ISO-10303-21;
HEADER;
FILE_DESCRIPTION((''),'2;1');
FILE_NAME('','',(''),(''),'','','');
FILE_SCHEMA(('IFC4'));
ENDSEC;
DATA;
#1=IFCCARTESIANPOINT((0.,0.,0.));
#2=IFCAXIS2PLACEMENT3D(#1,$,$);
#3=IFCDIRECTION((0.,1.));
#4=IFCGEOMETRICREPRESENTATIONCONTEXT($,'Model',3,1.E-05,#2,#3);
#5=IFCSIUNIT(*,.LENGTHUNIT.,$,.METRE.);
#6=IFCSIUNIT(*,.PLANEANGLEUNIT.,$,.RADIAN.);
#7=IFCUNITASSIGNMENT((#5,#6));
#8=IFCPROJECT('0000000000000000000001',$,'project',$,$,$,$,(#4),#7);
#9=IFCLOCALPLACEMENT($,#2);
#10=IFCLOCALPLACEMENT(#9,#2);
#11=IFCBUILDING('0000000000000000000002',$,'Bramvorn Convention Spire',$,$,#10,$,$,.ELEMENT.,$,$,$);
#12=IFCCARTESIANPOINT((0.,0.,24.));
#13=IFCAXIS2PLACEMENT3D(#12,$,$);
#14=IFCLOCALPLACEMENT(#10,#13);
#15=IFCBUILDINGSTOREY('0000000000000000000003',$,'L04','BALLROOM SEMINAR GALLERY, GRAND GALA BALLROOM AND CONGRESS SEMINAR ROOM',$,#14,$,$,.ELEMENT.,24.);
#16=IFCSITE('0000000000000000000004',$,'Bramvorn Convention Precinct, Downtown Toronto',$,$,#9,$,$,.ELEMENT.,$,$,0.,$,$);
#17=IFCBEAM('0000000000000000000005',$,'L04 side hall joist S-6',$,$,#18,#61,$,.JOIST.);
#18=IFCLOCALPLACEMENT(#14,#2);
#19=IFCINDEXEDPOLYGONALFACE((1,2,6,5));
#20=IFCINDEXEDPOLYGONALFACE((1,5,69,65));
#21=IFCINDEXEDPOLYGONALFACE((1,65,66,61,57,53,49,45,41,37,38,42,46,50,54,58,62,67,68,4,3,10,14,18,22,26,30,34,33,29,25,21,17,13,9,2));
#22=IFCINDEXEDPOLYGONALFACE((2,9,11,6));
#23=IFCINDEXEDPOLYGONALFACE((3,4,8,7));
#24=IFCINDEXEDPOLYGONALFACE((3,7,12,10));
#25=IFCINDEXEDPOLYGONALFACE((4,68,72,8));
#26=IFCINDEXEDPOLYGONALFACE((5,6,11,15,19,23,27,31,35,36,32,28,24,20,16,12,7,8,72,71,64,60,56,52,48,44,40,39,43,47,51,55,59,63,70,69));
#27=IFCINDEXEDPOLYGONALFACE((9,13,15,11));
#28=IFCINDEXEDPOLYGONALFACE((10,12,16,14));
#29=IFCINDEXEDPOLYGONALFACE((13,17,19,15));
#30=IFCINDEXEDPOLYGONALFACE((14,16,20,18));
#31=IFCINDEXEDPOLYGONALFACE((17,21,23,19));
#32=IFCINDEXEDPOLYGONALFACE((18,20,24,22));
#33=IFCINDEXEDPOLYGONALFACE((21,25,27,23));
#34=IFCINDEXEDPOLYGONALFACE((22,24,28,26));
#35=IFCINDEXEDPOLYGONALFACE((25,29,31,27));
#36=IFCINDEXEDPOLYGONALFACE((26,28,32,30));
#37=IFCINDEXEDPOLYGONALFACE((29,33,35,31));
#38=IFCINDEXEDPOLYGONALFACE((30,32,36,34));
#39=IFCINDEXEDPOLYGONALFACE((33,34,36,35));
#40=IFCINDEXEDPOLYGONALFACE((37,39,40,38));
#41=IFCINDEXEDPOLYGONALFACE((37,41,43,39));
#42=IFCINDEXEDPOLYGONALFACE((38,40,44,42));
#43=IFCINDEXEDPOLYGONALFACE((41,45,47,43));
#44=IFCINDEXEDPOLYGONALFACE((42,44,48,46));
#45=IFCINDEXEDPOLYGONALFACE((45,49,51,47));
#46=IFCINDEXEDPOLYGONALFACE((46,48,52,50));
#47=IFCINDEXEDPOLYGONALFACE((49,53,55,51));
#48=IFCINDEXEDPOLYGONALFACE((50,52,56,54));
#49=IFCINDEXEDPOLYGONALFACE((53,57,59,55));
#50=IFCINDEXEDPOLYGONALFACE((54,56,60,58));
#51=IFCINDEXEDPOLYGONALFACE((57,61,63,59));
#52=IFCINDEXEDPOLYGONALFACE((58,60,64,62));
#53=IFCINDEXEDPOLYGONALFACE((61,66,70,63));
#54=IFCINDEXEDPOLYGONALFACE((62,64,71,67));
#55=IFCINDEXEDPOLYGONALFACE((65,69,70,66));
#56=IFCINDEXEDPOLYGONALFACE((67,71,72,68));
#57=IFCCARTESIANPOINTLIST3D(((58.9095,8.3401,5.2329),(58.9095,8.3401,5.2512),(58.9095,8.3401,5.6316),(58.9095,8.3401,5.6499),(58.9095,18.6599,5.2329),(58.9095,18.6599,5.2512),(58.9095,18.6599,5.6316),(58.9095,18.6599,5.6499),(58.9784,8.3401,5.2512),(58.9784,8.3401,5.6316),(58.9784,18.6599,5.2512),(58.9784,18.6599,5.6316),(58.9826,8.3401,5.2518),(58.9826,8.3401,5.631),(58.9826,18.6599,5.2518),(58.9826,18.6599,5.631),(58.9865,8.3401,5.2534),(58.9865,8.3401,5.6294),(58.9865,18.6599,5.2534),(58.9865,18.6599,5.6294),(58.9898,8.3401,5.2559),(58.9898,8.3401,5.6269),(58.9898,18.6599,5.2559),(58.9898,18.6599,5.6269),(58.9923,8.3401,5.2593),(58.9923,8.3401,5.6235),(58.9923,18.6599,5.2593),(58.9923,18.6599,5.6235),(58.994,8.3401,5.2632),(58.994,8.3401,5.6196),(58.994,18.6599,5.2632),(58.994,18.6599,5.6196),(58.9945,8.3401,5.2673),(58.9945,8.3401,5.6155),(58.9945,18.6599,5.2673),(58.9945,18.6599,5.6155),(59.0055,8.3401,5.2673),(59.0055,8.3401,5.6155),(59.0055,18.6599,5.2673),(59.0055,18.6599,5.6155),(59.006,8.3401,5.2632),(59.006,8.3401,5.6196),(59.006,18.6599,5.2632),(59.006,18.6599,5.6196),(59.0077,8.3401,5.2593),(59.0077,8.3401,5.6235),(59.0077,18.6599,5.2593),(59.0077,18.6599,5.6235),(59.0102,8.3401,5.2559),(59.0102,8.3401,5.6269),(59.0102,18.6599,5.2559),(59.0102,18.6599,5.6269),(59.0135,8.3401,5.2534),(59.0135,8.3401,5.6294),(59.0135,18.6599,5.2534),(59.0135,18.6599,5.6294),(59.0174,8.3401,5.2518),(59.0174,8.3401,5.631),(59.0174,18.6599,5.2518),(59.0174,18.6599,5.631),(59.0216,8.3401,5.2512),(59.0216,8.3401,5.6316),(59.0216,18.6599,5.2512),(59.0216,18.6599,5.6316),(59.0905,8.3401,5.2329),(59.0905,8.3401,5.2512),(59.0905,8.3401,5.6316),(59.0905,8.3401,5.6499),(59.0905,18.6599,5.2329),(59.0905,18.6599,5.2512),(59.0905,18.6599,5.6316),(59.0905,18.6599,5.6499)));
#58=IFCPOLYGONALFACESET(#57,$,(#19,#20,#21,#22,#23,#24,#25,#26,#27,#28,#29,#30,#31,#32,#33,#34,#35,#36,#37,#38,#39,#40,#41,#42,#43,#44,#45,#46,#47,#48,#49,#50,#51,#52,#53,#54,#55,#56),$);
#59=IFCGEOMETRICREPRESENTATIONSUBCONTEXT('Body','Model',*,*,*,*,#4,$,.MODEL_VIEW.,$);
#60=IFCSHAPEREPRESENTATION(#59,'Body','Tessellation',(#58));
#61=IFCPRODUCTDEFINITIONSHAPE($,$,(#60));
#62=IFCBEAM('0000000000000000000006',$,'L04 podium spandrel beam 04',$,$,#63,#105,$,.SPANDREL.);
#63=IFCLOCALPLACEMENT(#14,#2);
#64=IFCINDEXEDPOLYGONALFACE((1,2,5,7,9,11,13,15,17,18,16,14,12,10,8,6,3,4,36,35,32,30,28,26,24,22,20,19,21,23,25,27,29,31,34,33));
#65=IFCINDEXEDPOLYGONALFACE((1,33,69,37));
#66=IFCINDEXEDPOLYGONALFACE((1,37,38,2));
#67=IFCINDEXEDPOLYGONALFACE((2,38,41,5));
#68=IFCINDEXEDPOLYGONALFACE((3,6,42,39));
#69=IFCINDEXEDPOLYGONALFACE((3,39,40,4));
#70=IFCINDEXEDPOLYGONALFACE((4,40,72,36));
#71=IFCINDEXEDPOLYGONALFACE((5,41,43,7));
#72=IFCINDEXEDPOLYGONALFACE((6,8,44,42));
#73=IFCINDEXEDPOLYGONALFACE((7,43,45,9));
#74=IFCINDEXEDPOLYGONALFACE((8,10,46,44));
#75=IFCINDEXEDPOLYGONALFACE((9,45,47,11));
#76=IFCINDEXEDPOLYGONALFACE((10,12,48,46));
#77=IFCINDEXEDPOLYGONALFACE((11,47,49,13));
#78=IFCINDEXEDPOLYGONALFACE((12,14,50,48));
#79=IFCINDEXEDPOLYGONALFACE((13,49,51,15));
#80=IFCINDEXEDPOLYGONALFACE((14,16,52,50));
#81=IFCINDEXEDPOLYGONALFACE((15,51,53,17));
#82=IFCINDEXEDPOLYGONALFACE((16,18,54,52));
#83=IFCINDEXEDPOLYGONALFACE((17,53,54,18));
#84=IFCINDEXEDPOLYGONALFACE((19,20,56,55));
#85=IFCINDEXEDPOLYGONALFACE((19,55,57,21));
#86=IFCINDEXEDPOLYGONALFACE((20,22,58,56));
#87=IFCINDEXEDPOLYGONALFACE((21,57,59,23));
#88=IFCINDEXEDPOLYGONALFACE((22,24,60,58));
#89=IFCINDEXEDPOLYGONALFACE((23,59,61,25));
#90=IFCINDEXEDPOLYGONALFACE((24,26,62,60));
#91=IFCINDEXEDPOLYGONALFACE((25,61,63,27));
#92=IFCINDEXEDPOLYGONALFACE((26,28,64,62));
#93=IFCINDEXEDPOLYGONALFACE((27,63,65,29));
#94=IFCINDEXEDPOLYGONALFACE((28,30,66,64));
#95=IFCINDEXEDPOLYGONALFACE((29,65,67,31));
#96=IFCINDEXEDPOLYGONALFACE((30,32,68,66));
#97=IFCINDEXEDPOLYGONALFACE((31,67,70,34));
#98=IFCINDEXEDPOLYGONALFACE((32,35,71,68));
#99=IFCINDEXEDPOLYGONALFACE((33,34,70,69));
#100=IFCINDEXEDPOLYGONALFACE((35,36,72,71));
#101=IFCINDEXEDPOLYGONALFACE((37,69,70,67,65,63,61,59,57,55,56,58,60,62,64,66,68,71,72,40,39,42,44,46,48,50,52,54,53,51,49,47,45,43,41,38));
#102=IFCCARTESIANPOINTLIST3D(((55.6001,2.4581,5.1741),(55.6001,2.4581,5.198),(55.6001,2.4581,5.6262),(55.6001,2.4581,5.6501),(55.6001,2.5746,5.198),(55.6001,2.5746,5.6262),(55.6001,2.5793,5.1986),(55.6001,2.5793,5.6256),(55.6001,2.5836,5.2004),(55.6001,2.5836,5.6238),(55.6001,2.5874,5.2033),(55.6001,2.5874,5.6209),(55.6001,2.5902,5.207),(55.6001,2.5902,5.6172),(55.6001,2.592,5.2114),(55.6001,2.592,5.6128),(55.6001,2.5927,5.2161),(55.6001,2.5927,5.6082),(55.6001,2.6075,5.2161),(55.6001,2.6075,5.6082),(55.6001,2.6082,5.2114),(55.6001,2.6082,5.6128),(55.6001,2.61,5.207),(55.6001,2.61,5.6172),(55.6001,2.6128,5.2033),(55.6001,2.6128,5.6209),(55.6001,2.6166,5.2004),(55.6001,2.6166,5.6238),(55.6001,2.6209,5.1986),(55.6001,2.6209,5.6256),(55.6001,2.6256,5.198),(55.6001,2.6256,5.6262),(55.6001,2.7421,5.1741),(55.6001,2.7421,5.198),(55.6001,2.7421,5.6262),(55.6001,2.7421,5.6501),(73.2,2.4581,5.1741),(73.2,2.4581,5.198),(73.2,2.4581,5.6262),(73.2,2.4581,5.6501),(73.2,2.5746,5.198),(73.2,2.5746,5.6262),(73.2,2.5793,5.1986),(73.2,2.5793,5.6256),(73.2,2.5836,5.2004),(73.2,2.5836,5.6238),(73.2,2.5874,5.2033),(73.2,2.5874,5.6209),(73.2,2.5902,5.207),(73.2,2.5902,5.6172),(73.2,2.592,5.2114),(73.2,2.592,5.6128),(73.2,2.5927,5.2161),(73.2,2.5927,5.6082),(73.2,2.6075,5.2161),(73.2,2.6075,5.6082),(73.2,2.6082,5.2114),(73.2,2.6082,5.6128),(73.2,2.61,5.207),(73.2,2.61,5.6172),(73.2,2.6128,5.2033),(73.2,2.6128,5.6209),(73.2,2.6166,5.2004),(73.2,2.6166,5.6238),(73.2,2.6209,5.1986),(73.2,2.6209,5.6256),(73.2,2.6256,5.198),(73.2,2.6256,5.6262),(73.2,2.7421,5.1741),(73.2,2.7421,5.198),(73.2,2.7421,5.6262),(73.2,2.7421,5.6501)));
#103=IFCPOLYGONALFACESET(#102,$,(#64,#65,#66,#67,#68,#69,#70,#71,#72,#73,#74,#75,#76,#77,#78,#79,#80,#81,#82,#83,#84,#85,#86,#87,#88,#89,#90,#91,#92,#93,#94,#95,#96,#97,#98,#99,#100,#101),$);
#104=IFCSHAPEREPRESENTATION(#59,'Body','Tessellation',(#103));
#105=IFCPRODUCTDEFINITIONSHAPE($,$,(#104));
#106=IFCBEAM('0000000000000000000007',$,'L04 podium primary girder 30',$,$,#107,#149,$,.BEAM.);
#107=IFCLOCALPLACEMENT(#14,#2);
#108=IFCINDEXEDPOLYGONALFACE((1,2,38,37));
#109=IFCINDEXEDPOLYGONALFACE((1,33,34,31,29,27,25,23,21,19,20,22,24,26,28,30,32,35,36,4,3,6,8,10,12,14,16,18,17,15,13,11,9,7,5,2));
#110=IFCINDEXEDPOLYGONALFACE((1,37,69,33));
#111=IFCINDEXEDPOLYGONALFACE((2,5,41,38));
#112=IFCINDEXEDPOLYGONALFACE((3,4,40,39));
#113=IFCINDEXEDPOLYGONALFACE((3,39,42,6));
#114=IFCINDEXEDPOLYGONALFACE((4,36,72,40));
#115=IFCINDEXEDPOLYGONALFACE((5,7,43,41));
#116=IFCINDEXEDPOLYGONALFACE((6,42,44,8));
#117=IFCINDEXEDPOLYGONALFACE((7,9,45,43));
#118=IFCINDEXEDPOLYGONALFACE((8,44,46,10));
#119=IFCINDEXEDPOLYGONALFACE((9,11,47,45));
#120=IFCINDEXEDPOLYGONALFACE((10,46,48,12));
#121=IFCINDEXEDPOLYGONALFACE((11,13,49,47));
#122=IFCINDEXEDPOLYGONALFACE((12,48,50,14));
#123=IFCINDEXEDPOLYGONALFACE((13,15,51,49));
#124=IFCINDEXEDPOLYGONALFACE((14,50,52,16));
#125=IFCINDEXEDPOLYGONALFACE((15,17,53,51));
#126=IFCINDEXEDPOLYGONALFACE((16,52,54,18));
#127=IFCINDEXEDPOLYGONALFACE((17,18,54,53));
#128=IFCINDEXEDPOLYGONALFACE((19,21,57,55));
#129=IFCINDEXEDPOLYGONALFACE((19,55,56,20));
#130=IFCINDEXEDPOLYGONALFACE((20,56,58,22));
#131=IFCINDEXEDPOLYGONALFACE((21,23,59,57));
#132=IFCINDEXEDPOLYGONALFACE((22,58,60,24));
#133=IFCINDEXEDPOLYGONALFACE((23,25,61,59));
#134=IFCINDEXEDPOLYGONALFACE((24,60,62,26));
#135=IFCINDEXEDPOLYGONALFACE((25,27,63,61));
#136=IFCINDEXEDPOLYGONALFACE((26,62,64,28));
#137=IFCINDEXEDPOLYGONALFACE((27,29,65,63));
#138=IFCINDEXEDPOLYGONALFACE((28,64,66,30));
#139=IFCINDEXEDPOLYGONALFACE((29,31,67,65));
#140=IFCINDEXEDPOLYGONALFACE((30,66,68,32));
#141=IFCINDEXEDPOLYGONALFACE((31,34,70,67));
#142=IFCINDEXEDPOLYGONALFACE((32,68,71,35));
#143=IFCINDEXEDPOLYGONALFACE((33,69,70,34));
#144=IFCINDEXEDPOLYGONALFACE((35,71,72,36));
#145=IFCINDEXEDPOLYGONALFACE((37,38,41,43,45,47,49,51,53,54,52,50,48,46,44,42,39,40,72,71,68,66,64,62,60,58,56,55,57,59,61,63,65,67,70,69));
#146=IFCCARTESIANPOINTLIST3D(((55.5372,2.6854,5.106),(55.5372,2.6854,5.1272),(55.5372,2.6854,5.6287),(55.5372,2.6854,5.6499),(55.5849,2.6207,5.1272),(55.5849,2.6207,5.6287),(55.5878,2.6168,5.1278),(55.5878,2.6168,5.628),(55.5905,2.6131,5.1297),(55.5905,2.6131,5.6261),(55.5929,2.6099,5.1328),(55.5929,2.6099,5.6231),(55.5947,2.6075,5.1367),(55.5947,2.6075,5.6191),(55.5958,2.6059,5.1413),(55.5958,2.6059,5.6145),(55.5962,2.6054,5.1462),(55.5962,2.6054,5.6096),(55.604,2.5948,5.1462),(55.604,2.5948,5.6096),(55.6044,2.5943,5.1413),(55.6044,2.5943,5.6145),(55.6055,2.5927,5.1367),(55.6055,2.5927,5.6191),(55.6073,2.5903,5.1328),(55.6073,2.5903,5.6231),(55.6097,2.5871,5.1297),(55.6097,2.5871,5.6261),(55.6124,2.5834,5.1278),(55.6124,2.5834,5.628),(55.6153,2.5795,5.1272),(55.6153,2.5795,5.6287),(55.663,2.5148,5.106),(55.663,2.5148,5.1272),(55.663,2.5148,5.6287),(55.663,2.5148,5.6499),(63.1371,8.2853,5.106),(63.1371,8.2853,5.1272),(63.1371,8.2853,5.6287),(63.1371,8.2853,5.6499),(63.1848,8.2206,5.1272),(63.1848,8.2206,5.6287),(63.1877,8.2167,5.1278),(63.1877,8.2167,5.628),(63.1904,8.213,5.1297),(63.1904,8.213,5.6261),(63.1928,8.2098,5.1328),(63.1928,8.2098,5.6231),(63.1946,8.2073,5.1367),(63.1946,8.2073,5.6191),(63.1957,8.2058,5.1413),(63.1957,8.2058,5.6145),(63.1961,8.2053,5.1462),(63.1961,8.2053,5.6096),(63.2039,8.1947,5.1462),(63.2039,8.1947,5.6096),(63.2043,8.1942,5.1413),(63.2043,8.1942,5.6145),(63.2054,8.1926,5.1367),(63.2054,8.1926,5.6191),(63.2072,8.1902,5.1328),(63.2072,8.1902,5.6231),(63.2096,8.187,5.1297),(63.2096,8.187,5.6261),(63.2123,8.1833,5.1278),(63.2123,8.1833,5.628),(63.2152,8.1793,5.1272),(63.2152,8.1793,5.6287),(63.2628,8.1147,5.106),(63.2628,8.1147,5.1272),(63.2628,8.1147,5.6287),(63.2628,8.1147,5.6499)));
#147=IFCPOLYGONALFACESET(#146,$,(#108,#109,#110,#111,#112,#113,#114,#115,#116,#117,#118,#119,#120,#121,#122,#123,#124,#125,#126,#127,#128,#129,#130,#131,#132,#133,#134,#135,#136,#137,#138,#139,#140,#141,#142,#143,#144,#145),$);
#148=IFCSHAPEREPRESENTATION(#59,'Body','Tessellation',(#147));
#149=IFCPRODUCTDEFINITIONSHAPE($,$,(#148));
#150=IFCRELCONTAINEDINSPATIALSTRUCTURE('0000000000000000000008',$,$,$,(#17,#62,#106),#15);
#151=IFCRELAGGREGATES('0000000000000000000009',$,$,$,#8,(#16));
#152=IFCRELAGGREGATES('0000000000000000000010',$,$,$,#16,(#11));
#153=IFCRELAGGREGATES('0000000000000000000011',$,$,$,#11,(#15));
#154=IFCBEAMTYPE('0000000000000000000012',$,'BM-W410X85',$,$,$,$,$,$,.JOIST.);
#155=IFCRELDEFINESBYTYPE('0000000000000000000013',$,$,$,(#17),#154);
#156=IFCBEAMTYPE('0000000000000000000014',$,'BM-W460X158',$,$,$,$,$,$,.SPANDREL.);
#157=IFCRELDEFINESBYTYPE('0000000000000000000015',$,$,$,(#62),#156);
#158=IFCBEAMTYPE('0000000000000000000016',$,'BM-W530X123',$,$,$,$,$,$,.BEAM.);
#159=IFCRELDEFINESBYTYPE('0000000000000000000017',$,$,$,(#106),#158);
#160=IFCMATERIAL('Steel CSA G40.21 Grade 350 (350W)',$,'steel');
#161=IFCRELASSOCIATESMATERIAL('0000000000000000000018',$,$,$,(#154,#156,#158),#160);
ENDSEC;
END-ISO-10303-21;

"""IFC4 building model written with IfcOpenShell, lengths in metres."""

from ifc_helpers import new_model, si_unit, direction, frame, origin, origin_2d, place, context, subcontext, project, spatial, i_section, extrude, material, material_profile, profile_set, type_object, element, save


model = new_model("IFC4")

# Units and contexts
model_context = context("Model", 3, precision=1e-05, world=origin(), true_north=direction((0.0, 1.0)))
body_context = subcontext(model_context, "Body", "Model", "MODEL_VIEW")
ifc_project = project(units=[si_unit("LENGTHUNIT", "METRE"), si_unit("PLANEANGLEUNIT", "RADIAN")], contexts=[model_context])

# Site, building, storey
site_placement = place(None, origin())
site = spatial("IfcSite", under=ifc_project, at=site_placement, Name="Bramvorn Convention Precinct, Downtown Toronto", CompositionType="ELEMENT", RefElevation=0.0)
building_placement = place(site_placement, origin())
building = spatial("IfcBuilding", under=site, at=building_placement, Name="Bramvorn Convention Spire", CompositionType="ELEMENT")
storey_placement = place(building_placement, frame((0.0, 0.0, 24.0)))
storey = spatial("IfcBuildingStorey", under=building, at=storey_placement, Name="L04", Description="BALLROOM SEMINAR GALLERY, GRAND GALA BALLROOM AND CONGRESS SEMINAR ROOM", CompositionType="ELEMENT", Elevation=24.0)

# Shared definitions
ifc_material_1 = material(Name="Steel CSA G40.21 Grade 350 (350W)", Category="steel")

# Beams
ifc_material_profile_1 = material_profile(ifc_material_1, i_section(OverallWidth=0.1809, OverallDepth=0.417, WebThickness=0.011, FlangeThickness=0.0183, FilletRadius=0.0161, at=origin_2d()))
ifc_profile_set_1 = profile_set([ifc_material_profile_1], Name="Steel CSA G40.21 Grade 350 (350W) - W410X85")
beam_type_1 = type_object("IfcBeamType", Name="BM-W410X85", PredefinedType="JOIST", material=ifc_profile_set_1)
for number, where, z_axis, x_axis, name in (
    (1, (59.0, 8.3401, 5.4414), (0.0, 1.0, 0.0), (-1.0, 0.0, 0.0), "L04 side hall joist S-6"),
):
    element("IfcBeam", number, at=place(storey_placement, frame(where, z_axis=z_axis, x_axis=x_axis)), inside=storey, type_object=beam_type_1, Name=name, PredefinedType="JOIST", context=body_context, shape_type="SweptSolid", body=[
        extrude(i_section(OverallWidth=0.1809, OverallDepth=0.417, WebThickness=0.011, FlangeThickness=0.0183, FilletRadius=0.0161, at=origin_2d()), origin(), (0.0, 0.0, 1.0), 10.3198),
    ])
ifc_material_profile_2 = material_profile(ifc_material_1, i_section(OverallWidth=0.2839, OverallDepth=0.4761, WebThickness=0.0149, FlangeThickness=0.0239, FilletRadius=0.0181, at=origin_2d()))
ifc_profile_set_2 = profile_set([ifc_material_profile_2], Name="Steel CSA G40.21 Grade 350 (350W) - W460X158")
beam_type_2 = type_object("IfcBeamType", Name="BM-W460X158", PredefinedType="SPANDREL", material=ifc_profile_set_2)
beam_1_placement = place(storey_placement, frame((55.6001, 2.6001, 5.4121), z_axis=(1.0, 0.0, 0.0), x_axis=(0.0, 1.0, 0.0)))
element("IfcBeam", 2, at=beam_1_placement, inside=storey, type_object=beam_type_2, Name="L04 podium spandrel beam 04", PredefinedType="SPANDREL", context=body_context, shape_type="SweptSolid", body=[
    extrude(i_section(OverallWidth=0.2839, OverallDepth=0.4761, WebThickness=0.0149, FlangeThickness=0.0239, FilletRadius=0.0181, at=origin_2d()), origin(), (0.0, 0.0, 1.0), 17.5999),
])
ifc_material_profile_3 = material_profile(ifc_material_1, i_section(OverallWidth=0.2119, OverallDepth=0.5439, WebThickness=0.0132, FlangeThickness=0.0212, FilletRadius=0.019, at=origin_2d()))
ifc_profile_set_3 = profile_set([ifc_material_profile_3], Name="Steel CSA G40.21 Grade 350 (350W) - W530X123")
beam_type_3 = type_object("IfcBeamType", Name="BM-W530X123", PredefinedType="BEAM", material=ifc_profile_set_3)
beam_2_placement = place(storey_placement, frame((55.6001, 2.6001, 5.3779), z_axis=(0.805058, 0.593196, 0.0), x_axis=(-0.593196, 0.805058, 0.0)))
element("IfcBeam", 3, at=beam_2_placement, inside=storey, type_object=beam_type_3, Name="L04 podium primary girder 30", PredefinedType="BEAM", context=body_context, shape_type="SweptSolid", body=[
    extrude(i_section(OverallWidth=0.2119, OverallDepth=0.5439, WebThickness=0.0132, FlangeThickness=0.0212, FilletRadius=0.019, at=origin_2d()), origin(), (0.0, 0.0, 1.0), 9.4402),
])

save(model, "model.ifc")
